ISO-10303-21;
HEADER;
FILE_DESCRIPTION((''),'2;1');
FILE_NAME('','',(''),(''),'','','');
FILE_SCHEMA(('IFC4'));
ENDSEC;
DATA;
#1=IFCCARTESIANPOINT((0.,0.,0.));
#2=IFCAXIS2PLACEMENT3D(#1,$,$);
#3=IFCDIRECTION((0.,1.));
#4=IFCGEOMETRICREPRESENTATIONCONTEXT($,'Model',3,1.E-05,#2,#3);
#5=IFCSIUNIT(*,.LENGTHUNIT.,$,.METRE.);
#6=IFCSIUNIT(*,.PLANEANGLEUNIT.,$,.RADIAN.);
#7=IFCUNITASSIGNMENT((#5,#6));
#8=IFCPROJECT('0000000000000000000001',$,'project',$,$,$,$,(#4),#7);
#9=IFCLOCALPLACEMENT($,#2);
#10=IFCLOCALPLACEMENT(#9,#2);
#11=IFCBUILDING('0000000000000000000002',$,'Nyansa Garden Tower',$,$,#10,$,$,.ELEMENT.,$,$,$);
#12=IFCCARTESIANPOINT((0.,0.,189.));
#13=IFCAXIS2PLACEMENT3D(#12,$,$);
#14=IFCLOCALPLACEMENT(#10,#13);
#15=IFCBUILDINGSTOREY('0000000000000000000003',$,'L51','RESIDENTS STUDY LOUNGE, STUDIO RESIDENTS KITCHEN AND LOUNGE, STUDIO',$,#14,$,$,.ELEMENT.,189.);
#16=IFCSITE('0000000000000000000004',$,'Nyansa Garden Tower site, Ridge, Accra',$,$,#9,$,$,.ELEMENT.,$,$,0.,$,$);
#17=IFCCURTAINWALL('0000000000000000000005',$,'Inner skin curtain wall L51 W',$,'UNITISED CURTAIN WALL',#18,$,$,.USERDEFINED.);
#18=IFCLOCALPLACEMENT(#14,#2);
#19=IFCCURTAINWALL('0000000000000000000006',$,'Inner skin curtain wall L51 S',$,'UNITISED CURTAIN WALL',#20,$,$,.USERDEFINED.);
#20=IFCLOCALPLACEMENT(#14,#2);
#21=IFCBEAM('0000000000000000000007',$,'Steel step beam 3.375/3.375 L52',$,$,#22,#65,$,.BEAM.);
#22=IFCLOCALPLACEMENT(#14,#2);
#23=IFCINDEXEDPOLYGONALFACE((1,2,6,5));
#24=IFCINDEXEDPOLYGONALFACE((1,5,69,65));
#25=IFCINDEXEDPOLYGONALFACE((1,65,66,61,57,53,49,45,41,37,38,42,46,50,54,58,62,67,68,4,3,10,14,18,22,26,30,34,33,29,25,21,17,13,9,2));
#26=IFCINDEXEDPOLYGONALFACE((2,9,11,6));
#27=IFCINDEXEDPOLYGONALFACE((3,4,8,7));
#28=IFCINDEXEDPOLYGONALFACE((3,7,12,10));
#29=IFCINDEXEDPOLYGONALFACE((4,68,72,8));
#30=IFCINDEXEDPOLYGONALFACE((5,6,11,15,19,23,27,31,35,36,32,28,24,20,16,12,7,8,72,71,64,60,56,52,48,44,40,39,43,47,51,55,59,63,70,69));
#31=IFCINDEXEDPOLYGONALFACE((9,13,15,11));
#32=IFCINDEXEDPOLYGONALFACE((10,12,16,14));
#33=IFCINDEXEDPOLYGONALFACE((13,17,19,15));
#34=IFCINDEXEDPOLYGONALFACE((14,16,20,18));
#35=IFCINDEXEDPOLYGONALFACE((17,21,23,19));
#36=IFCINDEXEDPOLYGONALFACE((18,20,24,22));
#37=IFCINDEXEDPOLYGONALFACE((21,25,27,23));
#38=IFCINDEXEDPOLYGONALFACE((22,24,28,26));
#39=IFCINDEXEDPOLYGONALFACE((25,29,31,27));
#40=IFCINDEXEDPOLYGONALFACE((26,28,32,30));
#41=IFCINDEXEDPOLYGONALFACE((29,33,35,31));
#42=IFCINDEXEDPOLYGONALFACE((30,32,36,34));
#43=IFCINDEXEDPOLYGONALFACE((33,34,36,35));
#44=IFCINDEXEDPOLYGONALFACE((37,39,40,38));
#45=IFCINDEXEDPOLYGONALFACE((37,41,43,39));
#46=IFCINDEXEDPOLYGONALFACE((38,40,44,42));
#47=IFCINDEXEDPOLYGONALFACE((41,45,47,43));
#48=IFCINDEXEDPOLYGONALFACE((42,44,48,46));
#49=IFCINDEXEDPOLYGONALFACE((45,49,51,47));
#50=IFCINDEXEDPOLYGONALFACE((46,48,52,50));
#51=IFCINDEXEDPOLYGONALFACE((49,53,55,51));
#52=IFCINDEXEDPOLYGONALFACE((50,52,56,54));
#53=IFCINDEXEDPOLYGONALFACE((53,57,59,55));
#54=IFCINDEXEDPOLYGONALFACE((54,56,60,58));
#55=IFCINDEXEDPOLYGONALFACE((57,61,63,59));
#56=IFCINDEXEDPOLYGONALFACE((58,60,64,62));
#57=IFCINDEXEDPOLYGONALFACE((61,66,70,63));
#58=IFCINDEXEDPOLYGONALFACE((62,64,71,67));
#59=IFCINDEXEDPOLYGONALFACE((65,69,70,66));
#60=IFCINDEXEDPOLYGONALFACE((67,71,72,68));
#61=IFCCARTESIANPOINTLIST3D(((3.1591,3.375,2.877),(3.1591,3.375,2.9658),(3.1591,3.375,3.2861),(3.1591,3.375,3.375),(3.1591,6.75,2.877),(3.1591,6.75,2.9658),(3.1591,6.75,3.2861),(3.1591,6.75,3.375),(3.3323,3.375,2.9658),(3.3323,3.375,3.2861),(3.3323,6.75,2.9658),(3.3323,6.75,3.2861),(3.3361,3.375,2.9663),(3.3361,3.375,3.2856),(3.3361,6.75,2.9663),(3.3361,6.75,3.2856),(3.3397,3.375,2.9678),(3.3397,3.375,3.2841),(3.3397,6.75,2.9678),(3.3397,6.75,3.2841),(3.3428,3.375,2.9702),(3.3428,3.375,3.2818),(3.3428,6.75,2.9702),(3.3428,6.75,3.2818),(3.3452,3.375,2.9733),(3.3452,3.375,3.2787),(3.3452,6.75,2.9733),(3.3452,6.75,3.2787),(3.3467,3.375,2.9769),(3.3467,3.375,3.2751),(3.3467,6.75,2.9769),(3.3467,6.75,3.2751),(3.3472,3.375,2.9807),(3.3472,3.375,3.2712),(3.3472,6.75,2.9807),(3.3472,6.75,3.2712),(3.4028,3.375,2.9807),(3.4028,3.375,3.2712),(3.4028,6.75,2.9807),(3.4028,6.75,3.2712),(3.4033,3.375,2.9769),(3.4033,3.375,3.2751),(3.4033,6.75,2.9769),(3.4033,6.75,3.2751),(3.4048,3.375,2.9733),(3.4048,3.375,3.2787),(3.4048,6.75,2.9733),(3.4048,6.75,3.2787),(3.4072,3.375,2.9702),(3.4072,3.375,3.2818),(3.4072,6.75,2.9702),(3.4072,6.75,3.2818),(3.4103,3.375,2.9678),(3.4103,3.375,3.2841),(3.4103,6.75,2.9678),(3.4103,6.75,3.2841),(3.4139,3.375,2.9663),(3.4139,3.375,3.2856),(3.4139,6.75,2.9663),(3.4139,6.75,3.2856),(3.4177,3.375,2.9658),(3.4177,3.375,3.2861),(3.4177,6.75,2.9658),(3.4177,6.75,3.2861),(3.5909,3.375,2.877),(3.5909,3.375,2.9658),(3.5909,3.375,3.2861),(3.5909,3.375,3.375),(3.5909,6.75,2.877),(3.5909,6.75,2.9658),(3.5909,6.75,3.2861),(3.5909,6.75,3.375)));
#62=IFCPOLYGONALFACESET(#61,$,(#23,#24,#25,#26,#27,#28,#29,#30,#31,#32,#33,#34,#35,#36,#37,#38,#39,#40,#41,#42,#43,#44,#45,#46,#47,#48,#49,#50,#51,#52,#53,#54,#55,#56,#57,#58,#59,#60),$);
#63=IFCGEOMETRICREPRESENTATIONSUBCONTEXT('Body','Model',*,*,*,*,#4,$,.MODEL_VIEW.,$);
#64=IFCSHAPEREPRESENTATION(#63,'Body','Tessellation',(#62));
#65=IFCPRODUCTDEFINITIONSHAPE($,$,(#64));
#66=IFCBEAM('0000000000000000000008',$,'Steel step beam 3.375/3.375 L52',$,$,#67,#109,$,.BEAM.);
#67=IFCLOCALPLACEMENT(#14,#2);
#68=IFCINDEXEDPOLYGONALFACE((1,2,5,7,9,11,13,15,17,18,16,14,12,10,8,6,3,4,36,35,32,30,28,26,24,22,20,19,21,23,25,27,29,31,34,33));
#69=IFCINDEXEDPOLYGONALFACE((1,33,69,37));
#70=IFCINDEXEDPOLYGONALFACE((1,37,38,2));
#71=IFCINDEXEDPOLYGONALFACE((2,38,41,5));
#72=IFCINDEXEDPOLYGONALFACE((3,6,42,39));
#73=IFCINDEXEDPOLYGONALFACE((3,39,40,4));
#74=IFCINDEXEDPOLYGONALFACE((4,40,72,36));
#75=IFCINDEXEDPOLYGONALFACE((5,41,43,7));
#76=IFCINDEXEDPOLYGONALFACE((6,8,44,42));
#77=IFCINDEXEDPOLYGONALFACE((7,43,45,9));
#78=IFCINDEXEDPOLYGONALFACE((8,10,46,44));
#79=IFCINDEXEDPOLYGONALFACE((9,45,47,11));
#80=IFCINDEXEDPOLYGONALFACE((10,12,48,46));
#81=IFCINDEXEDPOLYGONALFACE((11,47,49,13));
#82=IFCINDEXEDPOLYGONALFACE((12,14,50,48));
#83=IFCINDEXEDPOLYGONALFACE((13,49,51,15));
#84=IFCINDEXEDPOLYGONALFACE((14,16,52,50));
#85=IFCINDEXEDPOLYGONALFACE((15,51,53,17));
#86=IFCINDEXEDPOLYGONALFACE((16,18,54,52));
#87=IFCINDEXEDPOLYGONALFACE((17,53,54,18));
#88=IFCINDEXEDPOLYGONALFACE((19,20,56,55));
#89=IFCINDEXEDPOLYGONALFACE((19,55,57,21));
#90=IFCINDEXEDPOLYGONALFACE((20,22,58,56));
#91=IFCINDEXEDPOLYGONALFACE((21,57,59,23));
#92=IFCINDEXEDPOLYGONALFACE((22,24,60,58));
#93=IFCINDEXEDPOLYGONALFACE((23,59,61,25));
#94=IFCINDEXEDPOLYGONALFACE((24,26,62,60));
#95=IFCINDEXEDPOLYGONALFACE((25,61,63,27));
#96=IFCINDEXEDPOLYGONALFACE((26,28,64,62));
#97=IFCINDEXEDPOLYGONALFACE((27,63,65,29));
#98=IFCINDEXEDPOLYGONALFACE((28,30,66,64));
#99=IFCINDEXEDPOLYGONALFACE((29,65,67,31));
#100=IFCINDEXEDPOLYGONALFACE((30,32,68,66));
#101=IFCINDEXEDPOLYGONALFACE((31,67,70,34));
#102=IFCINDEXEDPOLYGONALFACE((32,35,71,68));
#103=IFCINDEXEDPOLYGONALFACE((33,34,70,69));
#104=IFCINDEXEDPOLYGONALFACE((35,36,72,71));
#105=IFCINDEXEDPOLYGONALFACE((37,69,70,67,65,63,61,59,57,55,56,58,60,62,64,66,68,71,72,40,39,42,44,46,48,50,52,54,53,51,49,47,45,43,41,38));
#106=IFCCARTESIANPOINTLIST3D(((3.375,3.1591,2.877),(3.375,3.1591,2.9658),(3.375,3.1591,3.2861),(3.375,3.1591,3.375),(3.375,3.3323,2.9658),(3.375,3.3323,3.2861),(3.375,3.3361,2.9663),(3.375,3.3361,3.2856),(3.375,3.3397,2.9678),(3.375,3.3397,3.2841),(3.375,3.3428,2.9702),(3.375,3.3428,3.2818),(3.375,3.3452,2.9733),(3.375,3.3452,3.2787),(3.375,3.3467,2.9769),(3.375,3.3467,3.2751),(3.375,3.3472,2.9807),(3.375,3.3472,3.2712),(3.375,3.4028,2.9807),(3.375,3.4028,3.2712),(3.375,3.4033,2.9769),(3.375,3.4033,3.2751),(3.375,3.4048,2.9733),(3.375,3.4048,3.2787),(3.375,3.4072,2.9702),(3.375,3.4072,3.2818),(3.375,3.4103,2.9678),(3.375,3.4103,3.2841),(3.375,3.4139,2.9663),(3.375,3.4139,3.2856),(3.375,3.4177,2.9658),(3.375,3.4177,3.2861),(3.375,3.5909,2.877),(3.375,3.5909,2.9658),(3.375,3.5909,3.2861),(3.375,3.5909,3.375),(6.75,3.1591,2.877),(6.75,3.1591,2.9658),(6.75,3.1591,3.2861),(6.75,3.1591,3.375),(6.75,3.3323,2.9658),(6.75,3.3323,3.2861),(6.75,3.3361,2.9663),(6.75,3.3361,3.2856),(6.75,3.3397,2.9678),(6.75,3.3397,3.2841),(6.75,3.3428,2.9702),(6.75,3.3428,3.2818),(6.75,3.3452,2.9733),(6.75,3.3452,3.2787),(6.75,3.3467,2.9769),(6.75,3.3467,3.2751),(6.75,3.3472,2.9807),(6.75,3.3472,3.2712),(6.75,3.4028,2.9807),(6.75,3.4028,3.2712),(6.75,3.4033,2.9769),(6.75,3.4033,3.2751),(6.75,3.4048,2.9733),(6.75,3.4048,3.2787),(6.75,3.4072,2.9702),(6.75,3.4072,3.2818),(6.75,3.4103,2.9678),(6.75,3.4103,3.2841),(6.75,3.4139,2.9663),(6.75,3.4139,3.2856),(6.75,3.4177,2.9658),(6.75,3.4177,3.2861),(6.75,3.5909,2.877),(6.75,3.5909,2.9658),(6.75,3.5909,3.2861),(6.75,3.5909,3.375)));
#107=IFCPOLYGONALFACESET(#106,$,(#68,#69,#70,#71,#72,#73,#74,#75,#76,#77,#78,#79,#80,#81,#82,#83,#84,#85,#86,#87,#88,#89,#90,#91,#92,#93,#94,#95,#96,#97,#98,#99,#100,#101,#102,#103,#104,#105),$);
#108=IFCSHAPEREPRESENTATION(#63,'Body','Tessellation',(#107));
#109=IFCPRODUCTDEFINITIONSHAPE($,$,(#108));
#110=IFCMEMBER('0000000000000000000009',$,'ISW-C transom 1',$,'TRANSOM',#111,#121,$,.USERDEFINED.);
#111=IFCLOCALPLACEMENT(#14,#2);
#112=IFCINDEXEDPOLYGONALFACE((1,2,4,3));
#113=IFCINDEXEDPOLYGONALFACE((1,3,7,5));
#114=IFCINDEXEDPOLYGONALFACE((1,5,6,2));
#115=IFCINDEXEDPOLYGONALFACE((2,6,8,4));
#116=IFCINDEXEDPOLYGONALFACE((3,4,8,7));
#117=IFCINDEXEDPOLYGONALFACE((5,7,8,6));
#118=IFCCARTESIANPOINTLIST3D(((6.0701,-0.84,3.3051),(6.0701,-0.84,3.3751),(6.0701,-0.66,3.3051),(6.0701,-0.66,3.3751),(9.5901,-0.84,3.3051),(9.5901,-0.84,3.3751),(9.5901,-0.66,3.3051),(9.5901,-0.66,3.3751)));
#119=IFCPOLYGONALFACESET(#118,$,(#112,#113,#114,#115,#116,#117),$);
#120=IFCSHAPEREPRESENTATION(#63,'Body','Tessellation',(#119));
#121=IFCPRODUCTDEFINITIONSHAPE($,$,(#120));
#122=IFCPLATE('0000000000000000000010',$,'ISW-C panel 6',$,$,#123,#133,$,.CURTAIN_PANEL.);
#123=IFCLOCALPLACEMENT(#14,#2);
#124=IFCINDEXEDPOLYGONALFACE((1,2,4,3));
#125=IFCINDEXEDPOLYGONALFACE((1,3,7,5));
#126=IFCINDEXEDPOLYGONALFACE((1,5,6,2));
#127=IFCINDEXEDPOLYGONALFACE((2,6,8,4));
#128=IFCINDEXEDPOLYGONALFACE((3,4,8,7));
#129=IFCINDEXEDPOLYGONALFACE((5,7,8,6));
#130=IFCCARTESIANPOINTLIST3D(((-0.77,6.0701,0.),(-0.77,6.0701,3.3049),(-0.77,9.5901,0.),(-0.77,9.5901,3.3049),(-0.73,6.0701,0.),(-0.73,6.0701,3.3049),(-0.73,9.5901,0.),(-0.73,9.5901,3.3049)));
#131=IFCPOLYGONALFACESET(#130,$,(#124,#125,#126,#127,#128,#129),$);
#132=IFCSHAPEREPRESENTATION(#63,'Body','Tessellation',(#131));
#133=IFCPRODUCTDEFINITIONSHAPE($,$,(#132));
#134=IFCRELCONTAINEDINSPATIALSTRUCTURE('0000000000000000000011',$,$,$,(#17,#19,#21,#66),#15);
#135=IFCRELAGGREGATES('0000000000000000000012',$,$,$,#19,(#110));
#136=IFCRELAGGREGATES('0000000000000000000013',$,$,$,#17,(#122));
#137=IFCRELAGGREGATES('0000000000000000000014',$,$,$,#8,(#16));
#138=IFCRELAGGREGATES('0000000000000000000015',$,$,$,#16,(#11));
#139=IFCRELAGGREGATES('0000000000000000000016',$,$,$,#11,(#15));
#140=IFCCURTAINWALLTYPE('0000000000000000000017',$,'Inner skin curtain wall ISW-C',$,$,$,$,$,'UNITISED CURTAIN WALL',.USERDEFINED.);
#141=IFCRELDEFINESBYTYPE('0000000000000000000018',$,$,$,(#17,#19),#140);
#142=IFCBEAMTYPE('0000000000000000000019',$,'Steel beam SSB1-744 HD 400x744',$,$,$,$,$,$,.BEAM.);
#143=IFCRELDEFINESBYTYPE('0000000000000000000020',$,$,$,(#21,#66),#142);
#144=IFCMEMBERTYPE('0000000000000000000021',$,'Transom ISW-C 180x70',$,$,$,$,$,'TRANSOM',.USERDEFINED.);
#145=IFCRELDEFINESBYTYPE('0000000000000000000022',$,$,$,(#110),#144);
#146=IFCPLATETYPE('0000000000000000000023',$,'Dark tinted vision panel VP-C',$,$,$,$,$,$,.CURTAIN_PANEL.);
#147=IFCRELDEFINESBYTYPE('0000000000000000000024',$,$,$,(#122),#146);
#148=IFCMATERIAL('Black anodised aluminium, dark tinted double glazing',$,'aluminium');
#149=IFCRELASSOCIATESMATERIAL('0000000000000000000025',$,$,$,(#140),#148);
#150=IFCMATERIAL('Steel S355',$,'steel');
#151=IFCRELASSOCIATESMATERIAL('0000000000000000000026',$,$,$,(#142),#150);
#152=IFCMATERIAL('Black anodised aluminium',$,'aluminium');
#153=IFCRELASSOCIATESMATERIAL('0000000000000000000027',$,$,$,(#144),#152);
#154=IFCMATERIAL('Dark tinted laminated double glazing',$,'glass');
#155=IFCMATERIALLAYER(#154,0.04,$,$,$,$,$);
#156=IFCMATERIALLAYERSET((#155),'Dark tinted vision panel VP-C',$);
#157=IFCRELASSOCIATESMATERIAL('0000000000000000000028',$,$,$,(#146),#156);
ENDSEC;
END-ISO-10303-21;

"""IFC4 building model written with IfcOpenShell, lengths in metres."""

from ifc_helpers import new_model, si_unit, direction, frame, origin, origin_2d, place, context, subcontext, project, spatial, rectangle, i_section, extrude, material, layer, layer_set, material_profile, profile_set, type_object, element, aggregate, save


model = new_model("IFC4")

# Units and contexts
model_context = context("Model", 3, precision=1e-05, world=origin(), true_north=direction((0.0, 1.0)))
body_context = subcontext(model_context, "Body", "Model", "MODEL_VIEW")
ifc_project = project(units=[si_unit("LENGTHUNIT", "METRE"), si_unit("PLANEANGLEUNIT", "RADIAN")], contexts=[model_context])

# Site, building, storey
site_placement = place(None, origin())
site = spatial("IfcSite", under=ifc_project, at=site_placement, Name="Nyansa Garden Tower site, Ridge, Accra", CompositionType="ELEMENT", RefElevation=0.0)
building_placement = place(site_placement, origin())
building = spatial("IfcBuilding", under=site, at=building_placement, Name="Nyansa Garden Tower", CompositionType="ELEMENT")
storey_placement = place(building_placement, frame((0.0, 0.0, 189.0)))
storey = spatial("IfcBuildingStorey", under=building, at=storey_placement, Name="L51", Description="RESIDENTS STUDY LOUNGE, STUDIO RESIDENTS KITCHEN AND LOUNGE, STUDIO", CompositionType="ELEMENT", Elevation=189.0)

# Curtain walls
ifc_material_1 = material(Name="Black anodised aluminium, dark tinted double glazing", Category="aluminium")
curtain_wall_type = type_object("IfcCurtainWallType", Name="Inner skin curtain wall ISW-C", ElementType="UNITISED CURTAIN WALL", PredefinedType="USERDEFINED", material=ifc_material_1)
curtain_wall_1_placement = place(storey_placement, origin())
curtain_wall_1 = element("IfcCurtainWall", 1, at=curtain_wall_1_placement, inside=storey, type_object=curtain_wall_type, Name="Inner skin curtain wall L51 W", ObjectType="UNITISED CURTAIN WALL", PredefinedType="USERDEFINED")
curtain_wall_2_placement = place(storey_placement, origin())
curtain_wall_2 = element("IfcCurtainWall", 2, at=curtain_wall_2_placement, inside=storey, type_object=curtain_wall_type, Name="Inner skin curtain wall L51 S", ObjectType="UNITISED CURTAIN WALL", PredefinedType="USERDEFINED")

# Beams
ifc_material_2 = material(Name="Steel S355", Category="steel")
ifc_material_profile_1 = material_profile(ifc_material_2, i_section(OverallWidth=0.4319, OverallDepth=0.498, WebThickness=0.0557, FlangeThickness=0.0889, FilletRadius=0.0149, at=origin_2d()), Name="HD 400x744")
ifc_profile_set_1 = profile_set([ifc_material_profile_1], Name="Steel S355")
beam_type_1 = type_object("IfcBeamType", Name="Steel beam SSB1-744 HD 400x744", PredefinedType="BEAM", material=ifc_profile_set_1)
for number, where, z_axis, x_axis, name in (
    (3, (3.375, 3.375, 3.126), (0.0, 1.0, 0.0), (-1.0, 0.0, 0.0), "Steel step beam 3.375/3.375 L52"),
    (4, (3.375, 3.375, 3.126), (1.0, 0.0, 0.0), (0.0, 1.0, 0.0), "Steel step beam 3.375/3.375 L52"),
):
    element("IfcBeam", number, at=place(storey_placement, frame(where, z_axis=z_axis, x_axis=x_axis)), inside=storey, type_object=beam_type_1, Name=name, PredefinedType="BEAM", context=body_context, shape_type="SweptSolid", body=[
        extrude(i_section(OverallWidth=0.4319, OverallDepth=0.498, WebThickness=0.0557, FlangeThickness=0.0889, FilletRadius=0.0149, at=origin_2d()), origin(), (0.0, 0.0, 1.0), 3.375),
    ])

# Member
ifc_material_3 = material(Name="Black anodised aluminium", Category="aluminium")
ifc_material_profile_2 = material_profile(ifc_material_3, rectangle(XDim=0.1799, YDim=0.0701, at=origin_2d()), Name="Transom 180x70")
ifc_profile_set_2 = profile_set([ifc_material_profile_2], Name="Black anodised aluminium")
member_type_1 = type_object("IfcMemberType", Name="Transom ISW-C 180x70", ElementType="TRANSOM", PredefinedType="USERDEFINED", material=ifc_profile_set_2)
member_1_placement = place(storey_placement, frame((6.0701, -0.75, 3.3401), z_axis=(1.0, 0.0, 0.0), x_axis=(0.0, 1.0, 0.0)))
member_1 = element("IfcMember", 5, at=member_1_placement, type_object=member_type_1, Name="ISW-C transom 1", ObjectType="TRANSOM", PredefinedType="USERDEFINED", context=body_context, shape_type="SweptSolid", body=[
    extrude(rectangle(XDim=0.1799, YDim=0.0701, at=origin_2d()), origin(), (0.0, 0.0, 1.0), 3.52),
])
aggregate(curtain_wall_2, [member_1])

# Plate
ifc_material_4 = material(Name="Dark tinted laminated double glazing", Category="glass")
ifc_layer_1 = layer(ifc_material_4, 0.04)
ifc_layer_set_1 = layer_set([ifc_layer_1], Name="Dark tinted vision panel VP-C")
plate_type = type_object("IfcPlateType", Name="Dark tinted vision panel VP-C", PredefinedType="CURTAIN_PANEL", material=ifc_layer_set_1)
plate_placement = place(storey_placement, frame((-0.75, 7.8301, 0.0), z_axis=(0.0, 0.0, 1.0), x_axis=(0.0, -1.0, 0.0)))
plate = element("IfcPlate", 6, at=plate_placement, type_object=plate_type, Name="ISW-C panel 6", PredefinedType="CURTAIN_PANEL", context=body_context, shape_type="SweptSolid", body=[
    extrude(rectangle(XDim=3.52, YDim=0.04, at=origin_2d()), origin(), (0.0, 0.0, 1.0), 3.3049),
])
aggregate(curtain_wall_1, [plate])

save(model, "model.ifc")
